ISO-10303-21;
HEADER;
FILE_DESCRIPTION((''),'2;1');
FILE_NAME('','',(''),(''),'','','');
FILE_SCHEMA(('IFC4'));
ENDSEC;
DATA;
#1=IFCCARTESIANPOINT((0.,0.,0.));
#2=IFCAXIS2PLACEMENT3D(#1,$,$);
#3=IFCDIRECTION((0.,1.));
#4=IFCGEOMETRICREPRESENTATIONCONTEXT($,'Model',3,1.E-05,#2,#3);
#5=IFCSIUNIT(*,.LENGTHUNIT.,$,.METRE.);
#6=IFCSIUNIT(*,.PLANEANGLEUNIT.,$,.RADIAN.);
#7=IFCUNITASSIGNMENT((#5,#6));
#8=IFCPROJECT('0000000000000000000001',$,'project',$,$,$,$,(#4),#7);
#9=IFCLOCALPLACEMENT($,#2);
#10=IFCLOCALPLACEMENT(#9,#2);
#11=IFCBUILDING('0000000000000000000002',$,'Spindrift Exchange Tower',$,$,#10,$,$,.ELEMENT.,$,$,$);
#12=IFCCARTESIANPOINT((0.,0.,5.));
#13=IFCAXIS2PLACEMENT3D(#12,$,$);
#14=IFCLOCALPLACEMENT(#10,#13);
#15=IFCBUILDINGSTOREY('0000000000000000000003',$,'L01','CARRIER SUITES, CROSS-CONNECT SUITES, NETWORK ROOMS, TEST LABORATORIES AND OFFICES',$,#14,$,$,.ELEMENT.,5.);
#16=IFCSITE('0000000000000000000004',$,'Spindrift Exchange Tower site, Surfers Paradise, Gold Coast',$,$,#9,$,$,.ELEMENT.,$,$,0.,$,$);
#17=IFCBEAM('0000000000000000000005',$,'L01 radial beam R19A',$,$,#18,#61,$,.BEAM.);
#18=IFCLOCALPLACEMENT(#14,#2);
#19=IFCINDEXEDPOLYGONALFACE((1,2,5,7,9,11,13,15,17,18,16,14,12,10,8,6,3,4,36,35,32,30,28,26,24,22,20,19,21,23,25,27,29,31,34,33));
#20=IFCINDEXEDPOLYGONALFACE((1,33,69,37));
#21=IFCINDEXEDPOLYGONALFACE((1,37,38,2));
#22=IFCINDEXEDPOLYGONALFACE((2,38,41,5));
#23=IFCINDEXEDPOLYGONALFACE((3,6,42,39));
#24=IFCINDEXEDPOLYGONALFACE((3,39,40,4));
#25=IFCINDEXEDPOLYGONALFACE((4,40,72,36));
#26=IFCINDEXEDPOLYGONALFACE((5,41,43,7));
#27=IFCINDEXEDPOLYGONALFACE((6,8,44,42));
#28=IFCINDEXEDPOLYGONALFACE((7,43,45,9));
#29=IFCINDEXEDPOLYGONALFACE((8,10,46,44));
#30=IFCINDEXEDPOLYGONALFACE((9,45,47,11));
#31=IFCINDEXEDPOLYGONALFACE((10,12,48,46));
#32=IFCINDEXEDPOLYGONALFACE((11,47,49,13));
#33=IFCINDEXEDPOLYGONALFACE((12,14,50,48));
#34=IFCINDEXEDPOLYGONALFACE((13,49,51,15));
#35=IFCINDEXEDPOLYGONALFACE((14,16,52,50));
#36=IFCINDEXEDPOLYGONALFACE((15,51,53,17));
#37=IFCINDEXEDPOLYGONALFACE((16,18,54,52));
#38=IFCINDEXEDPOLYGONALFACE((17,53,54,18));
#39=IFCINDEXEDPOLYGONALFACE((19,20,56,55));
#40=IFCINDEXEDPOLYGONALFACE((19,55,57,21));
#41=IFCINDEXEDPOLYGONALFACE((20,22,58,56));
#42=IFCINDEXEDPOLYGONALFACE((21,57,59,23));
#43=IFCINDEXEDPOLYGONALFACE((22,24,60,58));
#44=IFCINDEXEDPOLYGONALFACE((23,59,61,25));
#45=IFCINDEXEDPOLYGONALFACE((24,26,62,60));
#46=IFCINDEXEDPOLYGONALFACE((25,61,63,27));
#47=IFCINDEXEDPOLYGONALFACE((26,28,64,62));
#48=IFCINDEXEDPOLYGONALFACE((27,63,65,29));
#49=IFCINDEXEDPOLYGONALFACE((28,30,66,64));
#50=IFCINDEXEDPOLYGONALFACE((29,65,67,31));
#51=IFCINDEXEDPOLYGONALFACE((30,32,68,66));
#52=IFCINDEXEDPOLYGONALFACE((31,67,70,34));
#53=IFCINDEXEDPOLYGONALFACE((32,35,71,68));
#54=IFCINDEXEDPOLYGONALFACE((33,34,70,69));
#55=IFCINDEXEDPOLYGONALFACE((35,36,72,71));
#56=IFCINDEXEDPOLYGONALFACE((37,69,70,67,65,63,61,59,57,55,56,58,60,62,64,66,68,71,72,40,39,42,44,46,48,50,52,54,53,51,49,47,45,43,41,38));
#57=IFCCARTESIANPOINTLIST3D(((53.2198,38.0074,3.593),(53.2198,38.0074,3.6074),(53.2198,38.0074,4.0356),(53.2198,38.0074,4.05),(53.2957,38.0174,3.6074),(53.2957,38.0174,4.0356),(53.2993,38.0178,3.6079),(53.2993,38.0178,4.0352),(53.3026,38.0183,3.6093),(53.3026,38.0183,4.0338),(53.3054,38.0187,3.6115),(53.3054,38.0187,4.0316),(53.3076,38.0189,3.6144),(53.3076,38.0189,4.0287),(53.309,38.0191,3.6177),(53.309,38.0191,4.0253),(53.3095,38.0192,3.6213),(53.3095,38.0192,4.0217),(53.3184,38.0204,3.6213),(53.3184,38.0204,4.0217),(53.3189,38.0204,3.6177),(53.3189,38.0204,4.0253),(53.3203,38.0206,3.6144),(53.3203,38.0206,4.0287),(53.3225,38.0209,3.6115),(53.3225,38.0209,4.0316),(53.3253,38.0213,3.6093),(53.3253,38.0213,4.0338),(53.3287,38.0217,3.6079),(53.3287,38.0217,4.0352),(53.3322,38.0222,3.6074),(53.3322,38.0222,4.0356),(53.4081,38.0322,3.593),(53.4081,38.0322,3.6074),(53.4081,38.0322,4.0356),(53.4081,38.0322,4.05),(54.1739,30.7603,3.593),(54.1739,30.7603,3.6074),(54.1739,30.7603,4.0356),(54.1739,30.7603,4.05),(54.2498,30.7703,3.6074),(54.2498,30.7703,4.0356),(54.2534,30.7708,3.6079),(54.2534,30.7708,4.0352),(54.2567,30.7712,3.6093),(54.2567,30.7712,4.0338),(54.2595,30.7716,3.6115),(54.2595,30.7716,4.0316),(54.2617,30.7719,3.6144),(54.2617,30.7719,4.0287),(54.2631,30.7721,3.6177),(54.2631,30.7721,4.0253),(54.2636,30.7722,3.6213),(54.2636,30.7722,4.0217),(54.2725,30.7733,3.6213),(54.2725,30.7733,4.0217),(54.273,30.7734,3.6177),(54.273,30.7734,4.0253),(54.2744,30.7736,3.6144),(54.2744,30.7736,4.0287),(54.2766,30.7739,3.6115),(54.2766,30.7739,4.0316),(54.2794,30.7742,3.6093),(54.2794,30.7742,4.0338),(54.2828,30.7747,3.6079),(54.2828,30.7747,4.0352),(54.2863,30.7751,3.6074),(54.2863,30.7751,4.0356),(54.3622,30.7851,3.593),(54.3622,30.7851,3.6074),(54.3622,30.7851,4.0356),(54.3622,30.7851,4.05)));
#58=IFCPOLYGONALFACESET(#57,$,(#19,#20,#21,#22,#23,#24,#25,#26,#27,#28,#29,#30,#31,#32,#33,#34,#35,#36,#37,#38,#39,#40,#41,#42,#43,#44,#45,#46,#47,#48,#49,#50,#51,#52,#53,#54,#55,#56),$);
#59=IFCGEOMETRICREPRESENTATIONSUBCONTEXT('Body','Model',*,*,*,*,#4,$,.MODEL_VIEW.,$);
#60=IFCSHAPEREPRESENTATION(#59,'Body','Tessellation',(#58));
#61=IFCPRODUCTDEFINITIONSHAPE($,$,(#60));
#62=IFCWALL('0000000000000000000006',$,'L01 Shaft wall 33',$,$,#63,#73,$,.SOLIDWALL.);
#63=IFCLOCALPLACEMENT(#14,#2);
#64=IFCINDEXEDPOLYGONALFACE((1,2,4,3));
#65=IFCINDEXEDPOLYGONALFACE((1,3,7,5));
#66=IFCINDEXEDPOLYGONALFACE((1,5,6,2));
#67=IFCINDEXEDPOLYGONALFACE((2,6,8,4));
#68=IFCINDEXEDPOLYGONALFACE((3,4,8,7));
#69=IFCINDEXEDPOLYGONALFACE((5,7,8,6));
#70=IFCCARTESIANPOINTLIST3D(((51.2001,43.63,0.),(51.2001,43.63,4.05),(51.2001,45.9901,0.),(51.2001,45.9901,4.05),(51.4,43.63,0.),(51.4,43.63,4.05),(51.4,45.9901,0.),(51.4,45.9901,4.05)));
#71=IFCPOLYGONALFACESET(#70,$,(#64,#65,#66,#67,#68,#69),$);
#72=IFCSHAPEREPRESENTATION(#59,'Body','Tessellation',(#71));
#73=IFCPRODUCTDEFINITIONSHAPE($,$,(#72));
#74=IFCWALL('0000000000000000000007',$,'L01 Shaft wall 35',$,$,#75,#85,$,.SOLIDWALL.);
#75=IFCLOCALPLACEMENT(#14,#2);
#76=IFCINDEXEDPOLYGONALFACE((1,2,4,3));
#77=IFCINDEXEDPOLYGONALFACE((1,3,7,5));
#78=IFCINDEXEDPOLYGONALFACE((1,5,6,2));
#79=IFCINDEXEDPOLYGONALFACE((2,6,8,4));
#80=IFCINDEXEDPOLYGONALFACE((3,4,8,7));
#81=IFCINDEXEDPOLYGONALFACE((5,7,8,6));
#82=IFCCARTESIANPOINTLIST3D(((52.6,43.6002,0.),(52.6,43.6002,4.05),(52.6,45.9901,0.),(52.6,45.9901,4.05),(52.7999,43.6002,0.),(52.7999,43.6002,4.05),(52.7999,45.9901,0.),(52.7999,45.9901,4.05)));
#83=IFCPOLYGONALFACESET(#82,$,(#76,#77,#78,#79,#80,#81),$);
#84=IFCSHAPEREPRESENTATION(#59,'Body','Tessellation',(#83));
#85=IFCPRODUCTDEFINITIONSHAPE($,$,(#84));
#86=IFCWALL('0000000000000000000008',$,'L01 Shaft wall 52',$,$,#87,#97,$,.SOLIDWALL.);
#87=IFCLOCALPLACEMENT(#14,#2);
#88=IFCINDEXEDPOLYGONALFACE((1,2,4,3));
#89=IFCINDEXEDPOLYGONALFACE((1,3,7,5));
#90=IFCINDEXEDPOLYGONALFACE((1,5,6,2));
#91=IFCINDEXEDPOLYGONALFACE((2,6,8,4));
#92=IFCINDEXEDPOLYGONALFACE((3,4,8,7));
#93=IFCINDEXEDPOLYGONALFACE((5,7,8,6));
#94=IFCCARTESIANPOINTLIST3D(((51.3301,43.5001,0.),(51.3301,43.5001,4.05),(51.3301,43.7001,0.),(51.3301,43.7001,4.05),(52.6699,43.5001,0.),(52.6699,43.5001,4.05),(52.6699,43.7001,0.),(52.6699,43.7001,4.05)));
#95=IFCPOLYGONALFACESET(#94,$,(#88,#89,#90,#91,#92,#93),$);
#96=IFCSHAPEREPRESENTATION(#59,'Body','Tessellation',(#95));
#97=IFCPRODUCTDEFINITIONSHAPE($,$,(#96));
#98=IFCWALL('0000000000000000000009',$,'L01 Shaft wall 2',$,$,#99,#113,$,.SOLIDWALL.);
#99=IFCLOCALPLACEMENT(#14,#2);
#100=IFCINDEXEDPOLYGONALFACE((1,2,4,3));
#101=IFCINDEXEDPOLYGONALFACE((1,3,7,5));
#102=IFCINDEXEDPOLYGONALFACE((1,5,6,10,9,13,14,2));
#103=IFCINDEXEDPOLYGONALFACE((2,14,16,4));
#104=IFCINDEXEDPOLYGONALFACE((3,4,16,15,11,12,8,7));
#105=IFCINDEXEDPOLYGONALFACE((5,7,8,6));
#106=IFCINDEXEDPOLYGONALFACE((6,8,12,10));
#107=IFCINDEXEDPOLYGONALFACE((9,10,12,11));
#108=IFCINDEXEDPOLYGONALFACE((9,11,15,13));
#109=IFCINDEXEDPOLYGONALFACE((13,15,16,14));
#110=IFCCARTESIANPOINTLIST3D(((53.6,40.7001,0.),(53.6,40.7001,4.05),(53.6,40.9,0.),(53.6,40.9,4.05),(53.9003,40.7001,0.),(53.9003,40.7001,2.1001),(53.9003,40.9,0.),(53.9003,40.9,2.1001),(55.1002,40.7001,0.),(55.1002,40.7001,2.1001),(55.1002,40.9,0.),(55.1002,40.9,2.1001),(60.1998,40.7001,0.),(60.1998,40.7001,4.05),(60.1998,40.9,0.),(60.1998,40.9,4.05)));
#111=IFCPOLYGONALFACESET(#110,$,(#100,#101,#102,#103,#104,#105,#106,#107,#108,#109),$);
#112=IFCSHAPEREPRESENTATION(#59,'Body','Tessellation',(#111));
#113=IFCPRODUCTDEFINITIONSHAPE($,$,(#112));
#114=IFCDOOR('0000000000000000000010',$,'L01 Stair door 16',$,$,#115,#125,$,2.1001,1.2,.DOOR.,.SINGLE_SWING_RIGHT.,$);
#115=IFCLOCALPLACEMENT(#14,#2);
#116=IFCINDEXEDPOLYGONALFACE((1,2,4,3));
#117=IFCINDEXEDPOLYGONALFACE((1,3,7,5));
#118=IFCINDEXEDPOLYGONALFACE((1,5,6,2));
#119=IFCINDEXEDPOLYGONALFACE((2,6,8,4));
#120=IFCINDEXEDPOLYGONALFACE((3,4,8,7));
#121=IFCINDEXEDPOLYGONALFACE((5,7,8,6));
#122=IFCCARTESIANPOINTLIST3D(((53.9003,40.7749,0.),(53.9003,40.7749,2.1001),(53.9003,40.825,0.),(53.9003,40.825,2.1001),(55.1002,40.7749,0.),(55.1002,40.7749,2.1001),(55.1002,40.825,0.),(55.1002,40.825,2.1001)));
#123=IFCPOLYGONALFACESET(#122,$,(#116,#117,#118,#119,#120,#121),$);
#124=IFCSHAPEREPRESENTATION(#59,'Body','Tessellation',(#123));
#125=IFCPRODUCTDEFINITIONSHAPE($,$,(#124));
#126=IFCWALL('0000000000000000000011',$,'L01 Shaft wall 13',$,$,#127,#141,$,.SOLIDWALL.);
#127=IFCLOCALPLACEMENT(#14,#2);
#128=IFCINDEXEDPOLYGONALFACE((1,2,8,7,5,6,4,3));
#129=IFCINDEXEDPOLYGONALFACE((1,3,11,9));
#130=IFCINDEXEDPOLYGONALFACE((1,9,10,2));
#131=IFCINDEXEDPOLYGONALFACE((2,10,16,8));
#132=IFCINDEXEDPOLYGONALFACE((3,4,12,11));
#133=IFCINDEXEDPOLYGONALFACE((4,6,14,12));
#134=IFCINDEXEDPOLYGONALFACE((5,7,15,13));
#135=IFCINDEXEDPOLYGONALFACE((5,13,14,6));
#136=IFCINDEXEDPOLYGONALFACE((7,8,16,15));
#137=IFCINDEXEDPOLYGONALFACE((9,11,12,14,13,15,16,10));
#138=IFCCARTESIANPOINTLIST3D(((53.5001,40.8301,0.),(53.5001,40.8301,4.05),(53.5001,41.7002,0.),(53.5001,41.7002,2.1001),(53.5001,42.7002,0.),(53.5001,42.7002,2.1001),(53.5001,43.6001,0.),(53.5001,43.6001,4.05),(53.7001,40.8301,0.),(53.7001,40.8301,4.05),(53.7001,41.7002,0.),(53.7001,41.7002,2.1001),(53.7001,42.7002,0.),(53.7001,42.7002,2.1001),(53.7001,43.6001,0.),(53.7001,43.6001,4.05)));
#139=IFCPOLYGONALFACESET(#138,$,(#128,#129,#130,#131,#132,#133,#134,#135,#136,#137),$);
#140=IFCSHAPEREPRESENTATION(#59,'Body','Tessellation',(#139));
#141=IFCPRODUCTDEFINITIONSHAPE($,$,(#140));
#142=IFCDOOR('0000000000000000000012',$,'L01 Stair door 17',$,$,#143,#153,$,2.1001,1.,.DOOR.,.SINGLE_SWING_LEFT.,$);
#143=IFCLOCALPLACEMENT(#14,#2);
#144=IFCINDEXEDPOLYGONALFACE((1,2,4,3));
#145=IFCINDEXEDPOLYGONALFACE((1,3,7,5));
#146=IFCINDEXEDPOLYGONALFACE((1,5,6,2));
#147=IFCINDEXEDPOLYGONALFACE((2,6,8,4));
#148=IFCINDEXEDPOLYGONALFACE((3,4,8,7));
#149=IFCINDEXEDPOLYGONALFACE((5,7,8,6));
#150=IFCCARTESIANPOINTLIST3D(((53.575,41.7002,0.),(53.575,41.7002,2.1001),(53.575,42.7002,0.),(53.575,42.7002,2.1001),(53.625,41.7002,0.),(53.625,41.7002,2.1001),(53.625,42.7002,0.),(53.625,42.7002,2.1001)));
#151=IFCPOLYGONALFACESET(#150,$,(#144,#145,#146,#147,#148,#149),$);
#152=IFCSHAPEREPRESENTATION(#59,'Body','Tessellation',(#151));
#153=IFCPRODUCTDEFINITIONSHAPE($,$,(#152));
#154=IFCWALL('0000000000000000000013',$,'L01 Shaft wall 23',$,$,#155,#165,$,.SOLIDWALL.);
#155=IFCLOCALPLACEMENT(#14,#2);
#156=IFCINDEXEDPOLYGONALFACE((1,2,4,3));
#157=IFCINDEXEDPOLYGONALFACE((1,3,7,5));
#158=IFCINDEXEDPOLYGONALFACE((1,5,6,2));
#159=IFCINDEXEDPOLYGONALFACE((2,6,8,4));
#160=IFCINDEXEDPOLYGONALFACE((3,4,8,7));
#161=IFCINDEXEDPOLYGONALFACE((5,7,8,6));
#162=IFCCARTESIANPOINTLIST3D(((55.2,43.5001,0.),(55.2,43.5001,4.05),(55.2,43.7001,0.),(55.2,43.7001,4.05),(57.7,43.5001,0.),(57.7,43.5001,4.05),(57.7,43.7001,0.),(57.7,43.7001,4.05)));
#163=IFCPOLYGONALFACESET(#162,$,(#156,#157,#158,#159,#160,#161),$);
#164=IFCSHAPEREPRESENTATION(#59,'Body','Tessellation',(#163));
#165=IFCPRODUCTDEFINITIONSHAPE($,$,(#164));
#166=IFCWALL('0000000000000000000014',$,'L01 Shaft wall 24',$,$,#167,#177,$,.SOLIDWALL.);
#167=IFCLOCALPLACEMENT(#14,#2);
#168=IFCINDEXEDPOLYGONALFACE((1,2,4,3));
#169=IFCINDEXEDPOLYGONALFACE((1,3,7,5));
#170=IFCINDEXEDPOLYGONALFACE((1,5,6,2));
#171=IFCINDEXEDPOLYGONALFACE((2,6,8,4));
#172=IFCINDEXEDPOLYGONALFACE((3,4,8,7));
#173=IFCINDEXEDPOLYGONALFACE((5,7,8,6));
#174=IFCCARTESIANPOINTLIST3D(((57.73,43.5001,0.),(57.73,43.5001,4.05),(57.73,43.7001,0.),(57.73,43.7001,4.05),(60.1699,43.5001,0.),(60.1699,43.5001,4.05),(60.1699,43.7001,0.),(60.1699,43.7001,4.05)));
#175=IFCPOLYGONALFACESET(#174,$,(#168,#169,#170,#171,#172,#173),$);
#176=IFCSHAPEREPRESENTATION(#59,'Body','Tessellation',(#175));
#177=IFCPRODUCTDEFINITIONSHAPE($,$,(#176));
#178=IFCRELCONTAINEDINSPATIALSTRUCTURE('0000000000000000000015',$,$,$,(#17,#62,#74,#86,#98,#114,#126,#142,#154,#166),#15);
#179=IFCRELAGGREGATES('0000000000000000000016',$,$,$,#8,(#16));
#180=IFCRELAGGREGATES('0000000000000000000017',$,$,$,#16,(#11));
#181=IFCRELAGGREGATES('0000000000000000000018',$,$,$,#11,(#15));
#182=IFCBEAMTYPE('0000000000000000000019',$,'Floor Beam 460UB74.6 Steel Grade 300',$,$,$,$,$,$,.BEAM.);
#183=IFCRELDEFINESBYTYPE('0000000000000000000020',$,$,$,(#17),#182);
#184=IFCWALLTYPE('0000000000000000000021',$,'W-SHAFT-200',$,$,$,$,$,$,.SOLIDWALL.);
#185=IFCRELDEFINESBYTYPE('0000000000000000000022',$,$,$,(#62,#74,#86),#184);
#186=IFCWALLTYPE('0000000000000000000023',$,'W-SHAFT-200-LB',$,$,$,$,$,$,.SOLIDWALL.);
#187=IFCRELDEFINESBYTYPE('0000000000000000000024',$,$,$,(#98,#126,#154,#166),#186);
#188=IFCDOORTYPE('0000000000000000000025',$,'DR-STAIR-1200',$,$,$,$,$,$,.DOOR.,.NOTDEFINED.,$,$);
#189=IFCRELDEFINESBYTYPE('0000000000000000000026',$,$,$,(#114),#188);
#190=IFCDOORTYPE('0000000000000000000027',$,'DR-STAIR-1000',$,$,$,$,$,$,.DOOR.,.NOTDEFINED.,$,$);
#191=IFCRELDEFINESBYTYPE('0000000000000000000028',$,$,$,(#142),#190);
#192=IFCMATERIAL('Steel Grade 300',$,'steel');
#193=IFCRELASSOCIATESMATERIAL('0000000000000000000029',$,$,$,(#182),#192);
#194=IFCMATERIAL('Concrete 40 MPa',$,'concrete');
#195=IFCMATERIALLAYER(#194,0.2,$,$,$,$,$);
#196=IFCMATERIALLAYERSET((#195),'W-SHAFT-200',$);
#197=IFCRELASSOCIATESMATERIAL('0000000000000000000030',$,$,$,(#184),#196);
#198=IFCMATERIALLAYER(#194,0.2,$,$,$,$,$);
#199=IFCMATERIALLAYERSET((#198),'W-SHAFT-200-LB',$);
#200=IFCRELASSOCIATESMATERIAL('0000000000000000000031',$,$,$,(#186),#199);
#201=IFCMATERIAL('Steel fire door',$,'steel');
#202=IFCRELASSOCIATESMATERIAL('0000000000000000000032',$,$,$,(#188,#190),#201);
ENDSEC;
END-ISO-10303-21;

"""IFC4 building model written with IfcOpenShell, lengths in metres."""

from ifc_helpers import new_model, si_unit, direction, frame, frame_2d, origin, origin_2d, place, context, subcontext, project, spatial, rectangle, i_section, extrude, source, transform, mapped, material, layer, layer_set, material_profile, profile_set, type_object, element, fill, save


model = new_model("IFC4")

# Units and contexts
model_context = context("Model", 3, precision=1e-05, world=origin(), true_north=direction((0.0, 1.0)))
body_context = subcontext(model_context, "Body", "Model", "MODEL_VIEW")
ifc_project = project(units=[si_unit("LENGTHUNIT", "METRE"), si_unit("PLANEANGLEUNIT", "RADIAN")], contexts=[model_context])

# Site, building, storey
site_placement = place(None, origin())
site = spatial("IfcSite", under=ifc_project, at=site_placement, Name="Spindrift Exchange Tower site, Surfers Paradise, Gold Coast", CompositionType="ELEMENT", RefElevation=0.0)
building_placement = place(site_placement, origin())
building = spatial("IfcBuilding", under=site, at=building_placement, Name="Spindrift Exchange Tower", CompositionType="ELEMENT")
storey_placement = place(building_placement, frame((0.0, 0.0, 5.0)))
storey = spatial("IfcBuildingStorey", under=building, at=storey_placement, Name="L01", Description="CARRIER SUITES, CROSS-CONNECT SUITES, NETWORK ROOMS, TEST LABORATORIES AND OFFICES", CompositionType="ELEMENT", Elevation=5.0)

# Beam
ifc_material_1 = material(Name="Steel Grade 300", Category="steel")
ifc_material_profile = material_profile(ifc_material_1, i_section(OverallWidth=0.1899, OverallDepth=0.457, WebThickness=0.009, FlangeThickness=0.0144, FilletRadius=0.0139, at=origin_2d()), Name="460UB74.6")
ifc_profile_set = profile_set([ifc_material_profile], Name="Steel Grade 300")
beam_type = type_object("IfcBeamType", Name="Floor Beam 460UB74.6 Steel Grade 300", PredefinedType="BEAM", material=ifc_profile_set)
shared_shape_1 = source(origin(), body_context, "Body", "SweptSolid", [
    extrude(i_section(OverallWidth=0.1899, OverallDepth=0.457, WebThickness=0.009, FlangeThickness=0.0144, FilletRadius=0.0139, at=origin_2d()), origin(), (0.0, 0.0, 1.0), 7.3096),
])
beam_placement = place(storey_placement, frame((53.314, 38.0198, 3.8215), z_axis=(0.130527, -0.991445, 0.0), x_axis=(0.991445, 0.130527, 0.0)))
element("IfcBeam", 1, at=beam_placement, inside=storey, type_object=beam_type, Name="L01 radial beam R19A", PredefinedType="BEAM", context=body_context, shape_type="MappedRepresentation", body=[
    mapped(shared_shape_1, transform((0.0, 0.0, 0.0), scale=1.0)),
])

# Walls
ifc_material_2 = material(Name="Concrete 40 MPa", Category="concrete")
ifc_layer_1 = layer(ifc_material_2, 0.2)
ifc_layer_set_1 = layer_set([ifc_layer_1], Name="W-SHAFT-200")
wall_type_1 = type_object("IfcWallType", Name="W-SHAFT-200", PredefinedType="SOLIDWALL", material=ifc_layer_set_1)
wall_1_placement = place(storey_placement, frame((51.3, 43.6299, 0.0), z_axis=(0.0, 0.0, 1.0), x_axis=(0.0, 1.0, 0.0)))
element("IfcWall", 2, at=wall_1_placement, inside=storey, type_object=wall_type_1, Name="L01 Shaft wall 33", PredefinedType="SOLIDWALL", context=body_context, shape_type="SweptSolid", body=[
    extrude(rectangle(XDim=2.3601, YDim=0.2, at=frame_2d((1.1802, 0.0))), origin(), (0.0, 0.0, 1.0), 4.05),
])
wall_2_placement = place(storey_placement, frame((52.7, 45.99, 0.0), z_axis=(0.0, 0.0, 1.0), x_axis=(0.0, -1.0, 0.0)))
element("IfcWall", 3, at=wall_2_placement, inside=storey, type_object=wall_type_1, Name="L01 Shaft wall 35", PredefinedType="SOLIDWALL", context=body_context, shape_type="SweptSolid", body=[
    extrude(rectangle(XDim=2.3899, YDim=0.2, at=frame_2d((1.1948, 0.0))), origin(), (0.0, 0.0, 1.0), 4.05),
])
wall_3_placement = place(storey_placement, frame((52.6699, 43.6001, 0.0), z_axis=(0.0, 0.0, 1.0), x_axis=(-1.0, 0.0, 0.0)))
element("IfcWall", 4, at=wall_3_placement, inside=storey, type_object=wall_type_1, Name="L01 Shaft wall 52", PredefinedType="SOLIDWALL", context=body_context, shape_type="SweptSolid", body=[
    extrude(rectangle(XDim=1.3398, YDim=0.2, at=frame_2d((0.6699, 0.0))), origin(), (0.0, 0.0, 1.0), 4.05),
])

# Walls, openings, doors
ifc_layer_2 = layer(ifc_material_2, 0.2)
ifc_layer_set_2 = layer_set([ifc_layer_2], Name="W-SHAFT-200-LB")
wall_type_2 = type_object("IfcWallType", Name="W-SHAFT-200-LB", PredefinedType="SOLIDWALL", material=ifc_layer_set_2)
wall_4_placement = place(storey_placement, frame((53.6001, 40.8, 0.0), z_axis=(0.0, 0.0, 1.0), x_axis=(1.0, 0.0, 0.0)))
wall_4 = element("IfcWall", 5, at=wall_4_placement, inside=storey, type_object=wall_type_2, Name="L01 Shaft wall 2", PredefinedType="SOLIDWALL", context=body_context, shape_type="SweptSolid", body=[
    extrude(rectangle(XDim=6.5999, YDim=0.2, at=frame_2d((3.2998, 0.0))), origin(), (0.0, 0.0, 1.0), 4.05),
])
opening_1_placement = place(wall_4_placement, frame((0.3, 0.0, 0.0)))
opening_1 = element("IfcOpeningElement", 6, at=opening_1_placement, cuts=wall_4, PredefinedType="OPENING", context=body_context, shape_type="SweptSolid", body=[
    extrude(rectangle(XDim=1.2, YDim=2.1001, at=frame_2d((0.6001, 1.05))), frame((0.0, 0.1099, 0.0), z_axis=(0.0, -1.0, 0.0), x_axis=(1.0, 0.0, 0.0)), (0.0, 0.0, 1.0), 0.22),
])
ifc_material_3 = material(Name="Steel fire door", Category="steel")
door_type_1 = type_object("IfcDoorType", Name="DR-STAIR-1200", OperationType="NOTDEFINED", PredefinedType="DOOR", material=ifc_material_3)
shared_shape_2 = source(origin(), body_context, "Body", "SweptSolid", [
    extrude(rectangle(XDim=1.2, YDim=2.1001, at=frame_2d((0.6001, 1.05))), frame((0.0, 0.0249, 0.0), z_axis=(0.0, -1.0, 0.0), x_axis=(1.0, 0.0, 0.0)), (0.0, 0.0, 1.0), 0.05),
])
door_1_placement = place(opening_1_placement, origin())
door_1 = element("IfcDoor", 7, at=door_1_placement, inside=storey, type_object=door_type_1, Name="L01 Stair door 16", OperationType="SINGLE_SWING_RIGHT", OverallHeight=2.1001, OverallWidth=1.2, PredefinedType="DOOR", context=body_context, shape_type="MappedRepresentation", body=[
    mapped(shared_shape_2, transform((0.0, 0.0, 0.0), scale=1.0)),
])
fill(opening_1, door_1)
wall_5_placement = place(storey_placement, frame((53.6001, 43.6001, 0.0), z_axis=(0.0, 0.0, 1.0), x_axis=(0.0, -1.0, 0.0)))
wall_5 = element("IfcWall", 8, at=wall_5_placement, inside=storey, type_object=wall_type_2, Name="L01 Shaft wall 13", PredefinedType="SOLIDWALL", context=body_context, shape_type="SweptSolid", body=[
    extrude(rectangle(XDim=2.77, YDim=0.2, at=frame_2d((1.385, 0.0))), origin(), (0.0, 0.0, 1.0), 4.05),
])
opening_2_placement = place(wall_5_placement, frame((0.8999, 0.0, 0.0)))
opening_2 = element("IfcOpeningElement", 9, at=opening_2_placement, cuts=wall_5, PredefinedType="OPENING", context=body_context, shape_type="SweptSolid", body=[
    extrude(rectangle(XDim=1.0, YDim=2.1001, at=frame_2d((0.5, 1.05))), frame((0.0, 0.1099, 0.0), z_axis=(0.0, -1.0, 0.0), x_axis=(1.0, 0.0, 0.0)), (0.0, 0.0, 1.0), 0.22),
])
door_type_2 = type_object("IfcDoorType", Name="DR-STAIR-1000", OperationType="NOTDEFINED", PredefinedType="DOOR", material=ifc_material_3)
shared_shape_3 = source(origin(), body_context, "Body", "SweptSolid", [
    extrude(rectangle(XDim=1.0, YDim=2.1001, at=frame_2d((0.5, 1.05))), frame((0.0, 0.0249, 0.0), z_axis=(0.0, -1.0, 0.0), x_axis=(1.0, 0.0, 0.0)), (0.0, 0.0, 1.0), 0.05),
])
door_2_placement = place(opening_2_placement, origin())
door_2 = element("IfcDoor", 10, at=door_2_placement, inside=storey, type_object=door_type_2, Name="L01 Stair door 17", OperationType="SINGLE_SWING_LEFT", OverallHeight=2.1001, OverallWidth=1.0, PredefinedType="DOOR", context=body_context, shape_type="MappedRepresentation", body=[
    mapped(shared_shape_3, transform((0.0, 0.0, 0.0), scale=1.0)),
])
fill(opening_2, door_2)

# Walls
wall_6_placement = place(storey_placement, frame((55.2, 43.6001, 0.0), z_axis=(0.0, 0.0, 1.0), x_axis=(1.0, 0.0, 0.0)))
element("IfcWall", 11, at=wall_6_placement, inside=storey, type_object=wall_type_2, Name="L01 Shaft wall 23", PredefinedType="SOLIDWALL", context=body_context, shape_type="SweptSolid", body=[
    extrude(rectangle(XDim=2.5, YDim=0.2, at=frame_2d((1.25, 0.0))), origin(), (0.0, 0.0, 1.0), 4.05),
])
wall_7_placement = place(storey_placement, frame((57.73, 43.6001, 0.0), z_axis=(0.0, 0.0, 1.0), x_axis=(1.0, 0.0, 0.0)))
element("IfcWall", 12, at=wall_7_placement, inside=storey, type_object=wall_type_2, Name="L01 Shaft wall 24", PredefinedType="SOLIDWALL", context=body_context, shape_type="SweptSolid", body=[
    extrude(rectangle(XDim=2.4399, YDim=0.2, at=frame_2d((1.22, 0.0))), origin(), (0.0, 0.0, 1.0), 4.05),
])

save(model, "model.ifc")
